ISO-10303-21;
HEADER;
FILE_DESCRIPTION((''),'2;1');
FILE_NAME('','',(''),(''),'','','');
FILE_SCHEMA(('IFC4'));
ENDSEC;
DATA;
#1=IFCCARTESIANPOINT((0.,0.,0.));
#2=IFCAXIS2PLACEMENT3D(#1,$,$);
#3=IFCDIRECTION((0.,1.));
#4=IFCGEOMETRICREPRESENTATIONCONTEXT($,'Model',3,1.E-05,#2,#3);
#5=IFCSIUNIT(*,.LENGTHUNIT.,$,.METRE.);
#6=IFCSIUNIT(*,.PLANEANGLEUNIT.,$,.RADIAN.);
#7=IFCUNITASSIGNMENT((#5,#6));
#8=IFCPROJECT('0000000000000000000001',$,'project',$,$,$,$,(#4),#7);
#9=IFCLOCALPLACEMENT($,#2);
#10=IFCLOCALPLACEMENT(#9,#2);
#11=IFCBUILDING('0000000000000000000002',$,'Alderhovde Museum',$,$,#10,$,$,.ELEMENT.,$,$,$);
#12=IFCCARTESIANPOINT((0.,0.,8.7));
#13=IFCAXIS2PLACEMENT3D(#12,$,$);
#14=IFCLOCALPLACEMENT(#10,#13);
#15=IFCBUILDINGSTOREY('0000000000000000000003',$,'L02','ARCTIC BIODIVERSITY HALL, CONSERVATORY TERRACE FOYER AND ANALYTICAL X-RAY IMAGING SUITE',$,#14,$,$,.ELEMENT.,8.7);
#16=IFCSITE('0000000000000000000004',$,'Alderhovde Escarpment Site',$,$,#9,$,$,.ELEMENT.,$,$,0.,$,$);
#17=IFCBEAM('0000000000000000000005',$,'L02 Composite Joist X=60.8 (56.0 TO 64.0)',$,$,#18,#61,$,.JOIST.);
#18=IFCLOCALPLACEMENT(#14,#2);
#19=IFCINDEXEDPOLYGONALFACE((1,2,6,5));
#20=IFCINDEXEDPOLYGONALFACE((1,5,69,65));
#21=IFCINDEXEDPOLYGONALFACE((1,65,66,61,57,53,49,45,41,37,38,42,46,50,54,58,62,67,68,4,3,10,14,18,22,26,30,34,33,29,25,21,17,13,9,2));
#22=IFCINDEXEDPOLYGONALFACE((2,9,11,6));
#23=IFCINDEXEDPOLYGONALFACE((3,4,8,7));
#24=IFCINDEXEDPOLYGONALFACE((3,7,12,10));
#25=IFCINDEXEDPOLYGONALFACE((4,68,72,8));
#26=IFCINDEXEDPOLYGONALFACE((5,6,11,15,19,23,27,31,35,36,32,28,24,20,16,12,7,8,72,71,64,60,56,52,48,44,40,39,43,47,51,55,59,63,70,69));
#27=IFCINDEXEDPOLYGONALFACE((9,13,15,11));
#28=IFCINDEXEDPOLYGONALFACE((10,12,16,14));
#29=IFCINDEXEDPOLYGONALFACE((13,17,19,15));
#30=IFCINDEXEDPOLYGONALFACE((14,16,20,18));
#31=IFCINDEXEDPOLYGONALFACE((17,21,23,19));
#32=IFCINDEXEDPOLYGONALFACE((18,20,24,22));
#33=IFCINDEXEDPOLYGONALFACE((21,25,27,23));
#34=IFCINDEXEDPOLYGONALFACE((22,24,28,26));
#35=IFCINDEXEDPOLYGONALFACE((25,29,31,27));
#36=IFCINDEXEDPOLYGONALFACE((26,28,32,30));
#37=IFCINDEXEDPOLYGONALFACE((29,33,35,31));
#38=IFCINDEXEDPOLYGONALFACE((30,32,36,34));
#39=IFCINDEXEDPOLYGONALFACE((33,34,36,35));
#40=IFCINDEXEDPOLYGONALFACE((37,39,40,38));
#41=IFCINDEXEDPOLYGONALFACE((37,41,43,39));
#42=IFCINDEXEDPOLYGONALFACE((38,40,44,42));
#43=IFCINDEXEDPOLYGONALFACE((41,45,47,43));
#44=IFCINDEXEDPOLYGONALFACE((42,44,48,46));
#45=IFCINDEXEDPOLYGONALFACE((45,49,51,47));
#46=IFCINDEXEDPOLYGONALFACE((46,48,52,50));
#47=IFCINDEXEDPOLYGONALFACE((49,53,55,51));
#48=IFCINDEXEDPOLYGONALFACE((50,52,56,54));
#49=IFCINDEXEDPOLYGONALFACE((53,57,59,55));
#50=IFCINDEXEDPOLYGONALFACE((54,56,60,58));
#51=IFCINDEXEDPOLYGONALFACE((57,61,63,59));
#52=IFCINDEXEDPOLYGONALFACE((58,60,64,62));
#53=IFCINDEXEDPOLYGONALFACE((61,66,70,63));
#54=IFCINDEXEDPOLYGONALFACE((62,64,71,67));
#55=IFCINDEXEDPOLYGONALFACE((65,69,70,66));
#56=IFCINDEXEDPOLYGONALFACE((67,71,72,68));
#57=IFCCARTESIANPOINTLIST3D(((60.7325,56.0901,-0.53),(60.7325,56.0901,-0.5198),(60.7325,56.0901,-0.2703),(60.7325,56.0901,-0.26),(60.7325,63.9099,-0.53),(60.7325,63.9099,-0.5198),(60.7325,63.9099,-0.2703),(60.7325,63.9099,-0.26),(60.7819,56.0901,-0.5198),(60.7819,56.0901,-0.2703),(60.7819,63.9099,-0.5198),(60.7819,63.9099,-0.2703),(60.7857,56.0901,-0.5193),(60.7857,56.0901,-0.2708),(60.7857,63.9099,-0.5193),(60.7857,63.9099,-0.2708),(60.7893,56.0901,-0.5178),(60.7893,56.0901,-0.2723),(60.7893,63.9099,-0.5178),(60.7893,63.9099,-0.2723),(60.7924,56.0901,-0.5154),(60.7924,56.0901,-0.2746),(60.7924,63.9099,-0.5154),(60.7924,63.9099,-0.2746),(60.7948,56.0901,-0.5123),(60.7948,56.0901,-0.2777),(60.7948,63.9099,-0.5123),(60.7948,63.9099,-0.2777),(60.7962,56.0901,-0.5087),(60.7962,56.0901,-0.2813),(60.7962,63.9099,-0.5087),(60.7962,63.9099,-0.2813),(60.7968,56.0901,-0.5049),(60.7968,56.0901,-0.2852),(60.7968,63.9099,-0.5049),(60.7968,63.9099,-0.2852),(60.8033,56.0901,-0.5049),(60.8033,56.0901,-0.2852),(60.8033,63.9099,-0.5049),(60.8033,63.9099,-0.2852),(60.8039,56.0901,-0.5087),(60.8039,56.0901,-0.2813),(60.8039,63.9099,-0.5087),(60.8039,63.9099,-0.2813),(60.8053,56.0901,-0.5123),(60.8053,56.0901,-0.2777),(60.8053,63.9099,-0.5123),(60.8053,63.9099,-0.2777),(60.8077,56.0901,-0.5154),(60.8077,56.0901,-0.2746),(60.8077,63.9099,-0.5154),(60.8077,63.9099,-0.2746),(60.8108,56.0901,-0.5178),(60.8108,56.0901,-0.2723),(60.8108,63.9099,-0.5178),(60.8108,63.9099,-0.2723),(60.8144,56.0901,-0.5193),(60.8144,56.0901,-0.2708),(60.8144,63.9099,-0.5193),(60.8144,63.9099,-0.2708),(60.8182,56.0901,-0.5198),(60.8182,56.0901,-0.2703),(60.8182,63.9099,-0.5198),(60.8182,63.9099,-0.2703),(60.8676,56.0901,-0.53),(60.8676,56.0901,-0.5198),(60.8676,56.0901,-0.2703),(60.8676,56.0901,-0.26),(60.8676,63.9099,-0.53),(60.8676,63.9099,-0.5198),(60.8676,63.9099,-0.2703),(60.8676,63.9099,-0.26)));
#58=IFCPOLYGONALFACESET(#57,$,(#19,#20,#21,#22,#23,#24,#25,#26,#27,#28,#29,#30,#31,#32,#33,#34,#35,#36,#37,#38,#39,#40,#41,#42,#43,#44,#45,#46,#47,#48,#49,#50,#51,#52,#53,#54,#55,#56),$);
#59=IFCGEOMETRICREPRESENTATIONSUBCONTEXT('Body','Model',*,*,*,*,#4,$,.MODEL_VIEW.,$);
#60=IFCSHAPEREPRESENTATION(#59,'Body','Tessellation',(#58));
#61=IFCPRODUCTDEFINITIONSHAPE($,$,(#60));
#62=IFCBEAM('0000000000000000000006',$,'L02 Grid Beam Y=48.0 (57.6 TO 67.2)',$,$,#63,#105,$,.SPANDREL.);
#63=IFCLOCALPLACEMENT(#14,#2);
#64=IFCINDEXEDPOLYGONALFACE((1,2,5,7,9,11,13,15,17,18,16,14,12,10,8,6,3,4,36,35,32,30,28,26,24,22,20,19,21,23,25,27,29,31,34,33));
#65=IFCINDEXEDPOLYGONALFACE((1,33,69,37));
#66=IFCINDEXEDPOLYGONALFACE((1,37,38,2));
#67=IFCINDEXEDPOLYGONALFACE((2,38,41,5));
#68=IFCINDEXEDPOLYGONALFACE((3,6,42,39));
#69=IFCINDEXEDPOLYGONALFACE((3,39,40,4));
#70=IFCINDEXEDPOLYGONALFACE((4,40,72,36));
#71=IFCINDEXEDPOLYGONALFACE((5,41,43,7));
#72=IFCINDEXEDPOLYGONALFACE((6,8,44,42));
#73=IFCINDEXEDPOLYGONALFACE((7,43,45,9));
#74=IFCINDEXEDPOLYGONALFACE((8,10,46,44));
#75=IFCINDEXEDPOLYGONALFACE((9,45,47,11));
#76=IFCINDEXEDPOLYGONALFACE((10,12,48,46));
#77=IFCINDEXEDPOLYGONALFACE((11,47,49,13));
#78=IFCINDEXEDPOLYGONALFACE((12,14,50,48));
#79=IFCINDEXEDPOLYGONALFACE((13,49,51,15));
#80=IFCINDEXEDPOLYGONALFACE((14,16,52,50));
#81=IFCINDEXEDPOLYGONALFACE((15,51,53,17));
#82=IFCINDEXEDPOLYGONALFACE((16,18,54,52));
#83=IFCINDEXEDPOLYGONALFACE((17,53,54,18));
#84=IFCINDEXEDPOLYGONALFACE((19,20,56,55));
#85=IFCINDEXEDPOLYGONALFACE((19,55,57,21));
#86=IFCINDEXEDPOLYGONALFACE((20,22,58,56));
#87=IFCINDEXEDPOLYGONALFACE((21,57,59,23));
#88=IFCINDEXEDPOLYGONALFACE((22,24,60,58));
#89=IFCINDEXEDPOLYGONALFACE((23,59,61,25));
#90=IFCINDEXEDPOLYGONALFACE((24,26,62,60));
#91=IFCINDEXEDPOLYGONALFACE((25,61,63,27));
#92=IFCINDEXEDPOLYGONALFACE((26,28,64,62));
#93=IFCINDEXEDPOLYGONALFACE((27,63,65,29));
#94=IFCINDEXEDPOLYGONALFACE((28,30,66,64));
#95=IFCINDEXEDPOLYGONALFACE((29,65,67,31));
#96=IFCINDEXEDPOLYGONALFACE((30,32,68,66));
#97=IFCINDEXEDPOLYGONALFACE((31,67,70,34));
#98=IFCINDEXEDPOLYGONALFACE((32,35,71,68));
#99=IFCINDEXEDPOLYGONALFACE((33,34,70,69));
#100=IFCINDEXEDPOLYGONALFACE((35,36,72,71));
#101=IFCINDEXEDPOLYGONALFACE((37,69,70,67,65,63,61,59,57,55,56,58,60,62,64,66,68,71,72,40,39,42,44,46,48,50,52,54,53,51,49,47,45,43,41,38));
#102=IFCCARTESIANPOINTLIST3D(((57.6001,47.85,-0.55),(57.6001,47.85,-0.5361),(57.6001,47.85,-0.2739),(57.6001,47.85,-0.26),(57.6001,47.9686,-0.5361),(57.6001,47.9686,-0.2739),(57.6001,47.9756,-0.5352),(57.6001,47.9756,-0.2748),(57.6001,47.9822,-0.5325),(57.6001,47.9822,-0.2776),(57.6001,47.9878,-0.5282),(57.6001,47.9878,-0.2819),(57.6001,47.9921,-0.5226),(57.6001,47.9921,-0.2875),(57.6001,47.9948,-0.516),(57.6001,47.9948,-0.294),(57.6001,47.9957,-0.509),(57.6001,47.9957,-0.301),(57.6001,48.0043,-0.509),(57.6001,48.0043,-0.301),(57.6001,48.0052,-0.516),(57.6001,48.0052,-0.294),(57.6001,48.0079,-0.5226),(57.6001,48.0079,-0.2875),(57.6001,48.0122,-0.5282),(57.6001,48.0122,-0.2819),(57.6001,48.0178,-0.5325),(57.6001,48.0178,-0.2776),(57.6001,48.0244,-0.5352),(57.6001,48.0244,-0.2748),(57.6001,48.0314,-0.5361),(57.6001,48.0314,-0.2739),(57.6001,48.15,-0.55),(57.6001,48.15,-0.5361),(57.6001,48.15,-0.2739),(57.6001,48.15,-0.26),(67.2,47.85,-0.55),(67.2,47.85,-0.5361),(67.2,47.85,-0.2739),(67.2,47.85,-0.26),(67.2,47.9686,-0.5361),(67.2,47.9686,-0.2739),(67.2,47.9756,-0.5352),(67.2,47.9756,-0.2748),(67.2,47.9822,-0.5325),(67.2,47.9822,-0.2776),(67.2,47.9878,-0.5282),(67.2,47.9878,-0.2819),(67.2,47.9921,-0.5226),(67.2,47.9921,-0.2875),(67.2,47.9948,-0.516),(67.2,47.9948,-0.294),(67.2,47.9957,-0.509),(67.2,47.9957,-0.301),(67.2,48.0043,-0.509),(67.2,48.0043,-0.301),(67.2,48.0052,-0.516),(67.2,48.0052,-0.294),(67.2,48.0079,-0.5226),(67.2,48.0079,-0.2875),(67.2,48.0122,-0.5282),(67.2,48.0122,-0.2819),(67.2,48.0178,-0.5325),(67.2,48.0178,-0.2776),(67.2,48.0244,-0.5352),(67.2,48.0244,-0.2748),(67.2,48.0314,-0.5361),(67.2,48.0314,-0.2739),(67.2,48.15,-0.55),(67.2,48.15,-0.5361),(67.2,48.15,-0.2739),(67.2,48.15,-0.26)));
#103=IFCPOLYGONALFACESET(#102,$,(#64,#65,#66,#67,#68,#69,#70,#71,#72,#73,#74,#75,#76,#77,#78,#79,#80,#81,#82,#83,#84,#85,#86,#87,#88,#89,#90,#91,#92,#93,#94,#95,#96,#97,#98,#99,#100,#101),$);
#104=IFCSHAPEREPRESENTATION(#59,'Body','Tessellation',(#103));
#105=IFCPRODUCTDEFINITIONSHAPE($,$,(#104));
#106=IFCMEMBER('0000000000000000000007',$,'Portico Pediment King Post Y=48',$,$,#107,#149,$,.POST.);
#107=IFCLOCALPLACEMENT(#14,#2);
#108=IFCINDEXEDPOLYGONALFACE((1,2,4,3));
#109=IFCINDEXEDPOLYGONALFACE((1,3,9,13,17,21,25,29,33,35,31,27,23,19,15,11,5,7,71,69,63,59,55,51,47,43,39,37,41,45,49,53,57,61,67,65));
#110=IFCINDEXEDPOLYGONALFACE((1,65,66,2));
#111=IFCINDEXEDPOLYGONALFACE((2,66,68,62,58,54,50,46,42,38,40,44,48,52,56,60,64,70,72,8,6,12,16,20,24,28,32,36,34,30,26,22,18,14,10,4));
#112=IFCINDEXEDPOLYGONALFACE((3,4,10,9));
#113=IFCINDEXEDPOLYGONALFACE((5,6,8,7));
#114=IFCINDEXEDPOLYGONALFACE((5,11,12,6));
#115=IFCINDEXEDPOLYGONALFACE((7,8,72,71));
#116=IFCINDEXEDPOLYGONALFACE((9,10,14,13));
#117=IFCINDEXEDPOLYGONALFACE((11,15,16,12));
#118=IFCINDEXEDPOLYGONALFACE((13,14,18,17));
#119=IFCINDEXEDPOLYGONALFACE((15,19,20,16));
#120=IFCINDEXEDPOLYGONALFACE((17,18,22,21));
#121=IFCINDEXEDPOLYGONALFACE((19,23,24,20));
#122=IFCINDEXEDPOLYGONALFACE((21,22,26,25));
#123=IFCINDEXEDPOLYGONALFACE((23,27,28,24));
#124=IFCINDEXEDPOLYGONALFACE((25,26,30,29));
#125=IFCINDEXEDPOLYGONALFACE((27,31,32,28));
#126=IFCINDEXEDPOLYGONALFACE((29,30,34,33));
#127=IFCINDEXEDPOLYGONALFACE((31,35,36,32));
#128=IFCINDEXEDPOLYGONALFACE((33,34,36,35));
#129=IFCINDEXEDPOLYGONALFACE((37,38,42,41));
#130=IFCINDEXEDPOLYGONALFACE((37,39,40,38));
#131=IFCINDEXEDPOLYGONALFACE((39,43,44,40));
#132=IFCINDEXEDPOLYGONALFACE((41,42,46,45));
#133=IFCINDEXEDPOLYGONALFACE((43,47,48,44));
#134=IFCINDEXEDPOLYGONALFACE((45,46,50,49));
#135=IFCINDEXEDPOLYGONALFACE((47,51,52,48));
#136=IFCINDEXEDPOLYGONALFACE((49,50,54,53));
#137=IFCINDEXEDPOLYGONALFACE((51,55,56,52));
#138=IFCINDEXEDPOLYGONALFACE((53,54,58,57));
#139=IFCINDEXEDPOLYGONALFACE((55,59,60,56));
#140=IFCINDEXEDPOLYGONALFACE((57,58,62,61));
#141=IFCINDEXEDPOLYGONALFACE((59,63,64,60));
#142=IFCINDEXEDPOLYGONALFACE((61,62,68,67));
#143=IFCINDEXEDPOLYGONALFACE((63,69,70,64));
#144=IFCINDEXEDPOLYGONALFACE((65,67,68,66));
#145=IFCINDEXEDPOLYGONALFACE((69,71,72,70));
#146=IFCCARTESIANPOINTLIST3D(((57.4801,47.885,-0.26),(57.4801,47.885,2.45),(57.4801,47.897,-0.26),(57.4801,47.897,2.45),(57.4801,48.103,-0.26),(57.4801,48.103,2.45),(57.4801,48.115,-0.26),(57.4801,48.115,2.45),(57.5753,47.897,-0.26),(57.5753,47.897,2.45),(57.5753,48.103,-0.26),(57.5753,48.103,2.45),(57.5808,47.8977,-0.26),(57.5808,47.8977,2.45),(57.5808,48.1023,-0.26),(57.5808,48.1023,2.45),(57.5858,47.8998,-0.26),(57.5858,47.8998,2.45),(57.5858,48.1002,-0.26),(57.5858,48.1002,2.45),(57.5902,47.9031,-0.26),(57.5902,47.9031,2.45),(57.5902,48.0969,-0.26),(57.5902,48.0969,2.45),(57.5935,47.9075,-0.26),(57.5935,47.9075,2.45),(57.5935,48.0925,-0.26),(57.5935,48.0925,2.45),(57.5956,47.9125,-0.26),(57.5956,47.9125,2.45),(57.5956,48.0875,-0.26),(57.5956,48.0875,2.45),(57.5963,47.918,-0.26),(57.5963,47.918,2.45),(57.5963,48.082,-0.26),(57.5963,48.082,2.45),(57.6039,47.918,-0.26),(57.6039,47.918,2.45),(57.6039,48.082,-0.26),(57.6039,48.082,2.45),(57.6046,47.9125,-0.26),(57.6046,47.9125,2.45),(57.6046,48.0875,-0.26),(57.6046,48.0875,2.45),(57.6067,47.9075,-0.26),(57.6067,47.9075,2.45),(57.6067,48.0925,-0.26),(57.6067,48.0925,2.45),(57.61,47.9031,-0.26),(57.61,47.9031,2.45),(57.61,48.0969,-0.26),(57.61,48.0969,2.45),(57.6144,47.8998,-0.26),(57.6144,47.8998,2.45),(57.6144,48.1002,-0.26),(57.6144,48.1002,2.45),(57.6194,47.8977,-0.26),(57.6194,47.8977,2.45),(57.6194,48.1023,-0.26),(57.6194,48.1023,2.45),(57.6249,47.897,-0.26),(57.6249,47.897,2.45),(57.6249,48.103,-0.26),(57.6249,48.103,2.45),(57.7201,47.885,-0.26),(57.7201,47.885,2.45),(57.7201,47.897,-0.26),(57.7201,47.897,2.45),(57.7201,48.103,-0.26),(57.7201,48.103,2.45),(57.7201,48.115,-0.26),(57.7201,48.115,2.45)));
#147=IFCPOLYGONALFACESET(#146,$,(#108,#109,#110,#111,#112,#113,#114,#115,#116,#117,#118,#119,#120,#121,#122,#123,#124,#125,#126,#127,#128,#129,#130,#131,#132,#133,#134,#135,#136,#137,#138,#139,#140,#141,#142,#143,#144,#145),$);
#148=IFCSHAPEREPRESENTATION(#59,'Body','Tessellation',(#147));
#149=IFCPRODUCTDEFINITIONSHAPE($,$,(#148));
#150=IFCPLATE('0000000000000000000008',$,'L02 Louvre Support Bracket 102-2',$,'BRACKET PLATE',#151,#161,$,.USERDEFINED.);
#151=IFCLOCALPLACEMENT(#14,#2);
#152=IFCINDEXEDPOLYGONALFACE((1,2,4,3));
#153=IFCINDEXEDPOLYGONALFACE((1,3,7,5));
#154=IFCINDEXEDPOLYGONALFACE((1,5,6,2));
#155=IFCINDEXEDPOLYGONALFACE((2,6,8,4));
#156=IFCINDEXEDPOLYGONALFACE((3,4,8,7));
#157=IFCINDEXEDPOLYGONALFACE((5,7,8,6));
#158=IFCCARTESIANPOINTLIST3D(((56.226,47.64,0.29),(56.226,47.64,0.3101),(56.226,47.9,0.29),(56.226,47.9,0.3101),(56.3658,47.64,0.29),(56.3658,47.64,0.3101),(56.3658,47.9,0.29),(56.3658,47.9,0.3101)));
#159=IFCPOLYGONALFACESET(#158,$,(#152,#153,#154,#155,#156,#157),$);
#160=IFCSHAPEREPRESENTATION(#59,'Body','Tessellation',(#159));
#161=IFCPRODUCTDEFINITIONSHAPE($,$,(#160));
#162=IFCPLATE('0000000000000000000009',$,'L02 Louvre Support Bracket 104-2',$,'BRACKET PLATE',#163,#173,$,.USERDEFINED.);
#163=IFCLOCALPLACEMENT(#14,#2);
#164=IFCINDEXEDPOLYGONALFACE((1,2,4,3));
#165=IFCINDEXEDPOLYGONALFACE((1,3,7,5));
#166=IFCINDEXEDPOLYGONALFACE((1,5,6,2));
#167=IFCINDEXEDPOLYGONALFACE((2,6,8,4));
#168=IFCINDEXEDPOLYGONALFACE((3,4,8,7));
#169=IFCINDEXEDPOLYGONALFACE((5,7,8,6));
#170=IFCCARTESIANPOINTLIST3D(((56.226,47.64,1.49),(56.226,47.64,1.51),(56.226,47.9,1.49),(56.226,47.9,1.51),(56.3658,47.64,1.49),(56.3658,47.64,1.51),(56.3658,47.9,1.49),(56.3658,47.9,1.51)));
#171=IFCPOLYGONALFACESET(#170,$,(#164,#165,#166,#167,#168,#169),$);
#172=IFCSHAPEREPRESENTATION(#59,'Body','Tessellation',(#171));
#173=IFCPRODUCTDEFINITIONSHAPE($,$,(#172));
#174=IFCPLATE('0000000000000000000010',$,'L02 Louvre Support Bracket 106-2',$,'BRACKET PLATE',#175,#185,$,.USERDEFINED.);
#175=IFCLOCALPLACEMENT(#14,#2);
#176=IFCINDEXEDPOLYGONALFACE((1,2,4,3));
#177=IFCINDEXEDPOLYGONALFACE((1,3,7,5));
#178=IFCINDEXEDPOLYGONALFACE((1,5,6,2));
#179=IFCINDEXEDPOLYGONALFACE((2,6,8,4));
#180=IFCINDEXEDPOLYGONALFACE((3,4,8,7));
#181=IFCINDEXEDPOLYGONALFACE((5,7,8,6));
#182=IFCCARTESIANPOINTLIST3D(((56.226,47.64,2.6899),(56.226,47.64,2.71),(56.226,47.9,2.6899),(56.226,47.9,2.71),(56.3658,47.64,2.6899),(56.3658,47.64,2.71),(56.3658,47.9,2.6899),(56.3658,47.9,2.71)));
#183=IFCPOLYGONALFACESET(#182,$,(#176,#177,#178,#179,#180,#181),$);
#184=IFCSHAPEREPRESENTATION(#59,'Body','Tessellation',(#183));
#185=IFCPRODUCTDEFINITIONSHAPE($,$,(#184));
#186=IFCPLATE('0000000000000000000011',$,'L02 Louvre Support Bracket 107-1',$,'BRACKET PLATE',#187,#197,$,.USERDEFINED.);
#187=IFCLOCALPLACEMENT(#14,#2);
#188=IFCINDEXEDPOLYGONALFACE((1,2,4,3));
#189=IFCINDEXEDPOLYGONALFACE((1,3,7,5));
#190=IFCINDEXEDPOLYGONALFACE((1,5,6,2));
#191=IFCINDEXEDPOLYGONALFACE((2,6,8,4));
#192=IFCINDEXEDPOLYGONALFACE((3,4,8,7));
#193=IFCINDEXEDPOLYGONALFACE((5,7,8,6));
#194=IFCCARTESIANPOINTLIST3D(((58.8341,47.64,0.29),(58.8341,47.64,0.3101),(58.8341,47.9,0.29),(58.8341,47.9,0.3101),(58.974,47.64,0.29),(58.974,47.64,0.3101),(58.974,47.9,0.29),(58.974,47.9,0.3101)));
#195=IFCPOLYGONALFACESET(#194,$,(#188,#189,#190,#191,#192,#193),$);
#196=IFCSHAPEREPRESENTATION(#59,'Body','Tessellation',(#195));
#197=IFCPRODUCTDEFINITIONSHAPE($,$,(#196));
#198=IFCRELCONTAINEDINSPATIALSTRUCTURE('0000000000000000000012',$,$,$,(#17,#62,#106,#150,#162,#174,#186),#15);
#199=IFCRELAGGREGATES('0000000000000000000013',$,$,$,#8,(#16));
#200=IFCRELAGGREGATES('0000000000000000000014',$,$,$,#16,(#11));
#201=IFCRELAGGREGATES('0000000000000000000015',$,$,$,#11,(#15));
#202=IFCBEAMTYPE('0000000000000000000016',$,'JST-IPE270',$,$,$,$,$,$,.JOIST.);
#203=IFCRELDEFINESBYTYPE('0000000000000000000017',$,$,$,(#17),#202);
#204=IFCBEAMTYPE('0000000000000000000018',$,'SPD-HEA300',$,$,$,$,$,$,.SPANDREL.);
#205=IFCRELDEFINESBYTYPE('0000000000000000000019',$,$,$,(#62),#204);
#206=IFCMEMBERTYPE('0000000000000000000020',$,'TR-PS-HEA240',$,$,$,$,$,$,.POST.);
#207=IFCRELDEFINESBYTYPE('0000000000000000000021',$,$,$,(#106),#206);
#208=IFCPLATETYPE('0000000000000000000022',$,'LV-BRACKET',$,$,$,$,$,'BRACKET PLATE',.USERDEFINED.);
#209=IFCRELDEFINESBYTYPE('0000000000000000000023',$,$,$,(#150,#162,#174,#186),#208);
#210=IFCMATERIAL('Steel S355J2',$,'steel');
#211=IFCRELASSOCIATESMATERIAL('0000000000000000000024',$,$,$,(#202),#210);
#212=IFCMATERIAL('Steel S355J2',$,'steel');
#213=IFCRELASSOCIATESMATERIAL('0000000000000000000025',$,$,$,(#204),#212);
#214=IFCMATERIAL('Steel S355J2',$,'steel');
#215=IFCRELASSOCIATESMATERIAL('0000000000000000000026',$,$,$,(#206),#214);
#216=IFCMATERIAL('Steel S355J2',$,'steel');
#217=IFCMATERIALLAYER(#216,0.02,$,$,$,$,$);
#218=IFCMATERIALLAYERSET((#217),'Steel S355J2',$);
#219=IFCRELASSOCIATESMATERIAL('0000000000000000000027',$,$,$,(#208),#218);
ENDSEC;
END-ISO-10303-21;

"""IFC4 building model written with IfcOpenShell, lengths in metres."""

from ifc_helpers import new_model, si_unit, direction, frame, origin, origin_2d, place, context, subcontext, project, spatial, rectangle, i_section, extrude, material, layer, layer_set, material_profile, profile_set, type_object, element, save


model = new_model("IFC4")

# Units and contexts
model_context = context("Model", 3, precision=1e-05, world=origin(), true_north=direction((0.0, 1.0)))
body_context = subcontext(model_context, "Body", "Model", "MODEL_VIEW")
ifc_project = project(units=[si_unit("LENGTHUNIT", "METRE"), si_unit("PLANEANGLEUNIT", "RADIAN")], contexts=[model_context])

# Site, building, storey
site_placement = place(None, origin())
site = spatial("IfcSite", under=ifc_project, at=site_placement, Name="Alderhovde Escarpment Site", CompositionType="ELEMENT", RefElevation=0.0)
building_placement = place(site_placement, origin())
building = spatial("IfcBuilding", under=site, at=building_placement, Name="Alderhovde Museum", CompositionType="ELEMENT")
storey_placement = place(building_placement, frame((0.0, 0.0, 8.7)))
storey = spatial("IfcBuildingStorey", under=building, at=storey_placement, Name="L02", Description="ARCTIC BIODIVERSITY HALL, CONSERVATORY TERRACE FOYER AND ANALYTICAL X-RAY IMAGING SUITE", CompositionType="ELEMENT", Elevation=8.7)

# Beams
ifc_material_1 = material(Name="Steel S355J2", Category="steel")
ifc_material_profile_1 = material_profile(ifc_material_1, i_section(OverallWidth=0.135, OverallDepth=0.27, WebThickness=0.0066, FlangeThickness=0.0103, FilletRadius=0.0149, at=origin_2d()), Name="IPE 270")
ifc_profile_set_1 = profile_set([ifc_material_profile_1], Name="Steel S355J2")
beam_type_1 = type_object("IfcBeamType", Name="JST-IPE270", PredefinedType="JOIST", material=ifc_profile_set_1)
beam_1_placement = place(storey_placement, frame((60.8, 56.0901, -0.395), z_axis=(0.0, 1.0, 0.0), x_axis=(-1.0, 0.0, 0.0)))
element("IfcBeam", 1, at=beam_1_placement, inside=storey, type_object=beam_type_1, Name="L02 Composite Joist X=60.8 (56.0 TO 64.0)", PredefinedType="JOIST", context=body_context, shape_type="SweptSolid", body=[
    extrude(i_section(OverallWidth=0.135, OverallDepth=0.27, WebThickness=0.0066, FlangeThickness=0.0103, FilletRadius=0.0149, at=origin_2d()), origin(), (0.0, 0.0, 1.0), 7.8198),
])
ifc_material_2 = material(Name="Steel S355J2", Category="steel")
ifc_material_profile_2 = material_profile(ifc_material_2, i_section(OverallWidth=0.3, OverallDepth=0.29, WebThickness=0.0085, FlangeThickness=0.0139, FilletRadius=0.0271, at=origin_2d()), Name="HEA 300")
ifc_profile_set_2 = profile_set([ifc_material_profile_2], Name="Steel S355J2")
beam_type_2 = type_object("IfcBeamType", Name="SPD-HEA300", PredefinedType="SPANDREL", material=ifc_profile_set_2)
beam_2_placement = place(storey_placement, frame((57.6001, 48.0, -0.405), z_axis=(1.0, 0.0, 0.0), x_axis=(0.0, 1.0, 0.0)))
element("IfcBeam", 2, at=beam_2_placement, inside=storey, type_object=beam_type_2, Name="L02 Grid Beam Y=48.0 (57.6 TO 67.2)", PredefinedType="SPANDREL", context=body_context, shape_type="SweptSolid", body=[
    extrude(i_section(OverallWidth=0.3, OverallDepth=0.29, WebThickness=0.0085, FlangeThickness=0.0139, FilletRadius=0.0271, at=origin_2d()), origin(), (0.0, 0.0, 1.0), 9.5999),
])

# Member
ifc_material_3 = material(Name="Steel S355J2", Category="steel")
ifc_material_profile_3 = material_profile(ifc_material_3, i_section(OverallWidth=0.24, OverallDepth=0.23, WebThickness=0.0076, FlangeThickness=0.012, FilletRadius=0.021, at=origin_2d()), Name="HEA 240")
ifc_profile_set_3 = profile_set([ifc_material_profile_3], Name="Steel S355J2")
member_type = type_object("IfcMemberType", Name="TR-PS-HEA240", PredefinedType="POST", material=ifc_profile_set_3)
member_placement = place(storey_placement, frame((57.6001, 48.0, -0.26), z_axis=(0.0, 0.0, 1.0), x_axis=(1.0, 0.0, 0.0)))
element("IfcMember", 3, at=member_placement, inside=storey, type_object=member_type, Name="Portico Pediment King Post Y=48", PredefinedType="POST", context=body_context, shape_type="SweptSolid", body=[
    extrude(i_section(OverallWidth=0.24, OverallDepth=0.23, WebThickness=0.0076, FlangeThickness=0.012, FilletRadius=0.021, at=origin_2d()), origin(), (0.0, 0.0, 1.0), 2.71),
])

# Plates
ifc_material_4 = material(Name="Steel S355J2", Category="steel")
ifc_layer_1 = layer(ifc_material_4, 0.02)
ifc_layer_set_1 = layer_set([ifc_layer_1], Name="Steel S355J2")
plate_type = type_object("IfcPlateType", Name="LV-BRACKET", ElementType="BRACKET PLATE", PredefinedType="USERDEFINED", material=ifc_layer_set_1)
for number, where, z_axis, x_axis, name in (
    (4, (56.2959, 47.77, 0.29), (0.0, 0.0, 1.0), (1.0, 0.0, 0.0), "L02 Louvre Support Bracket 102-2"),
    (5, (56.2959, 47.77, 1.49), (0.0, 0.0, 1.0), (1.0, 0.0, 0.0), "L02 Louvre Support Bracket 104-2"),
    (6, (56.2959, 47.77, 2.6899), (0.0, 0.0, 1.0), (1.0, 0.0, 0.0), "L02 Louvre Support Bracket 106-2"),
    (7, (58.9041, 47.77, 0.29), (0.0, 0.0, 1.0), (1.0, 0.0, 0.0), "L02 Louvre Support Bracket 107-1"),
):
    element("IfcPlate", number, at=place(storey_placement, frame(where, z_axis=z_axis, x_axis=x_axis)), inside=storey, type_object=plate_type, Name=name, ObjectType="BRACKET PLATE", PredefinedType="USERDEFINED", context=body_context, shape_type="SweptSolid", body=[
        extrude(rectangle(XDim=0.1399, YDim=0.26, at=origin_2d()), origin(), (0.0, 0.0, 1.0), 0.02),
    ])

save(model, "model.ifc")
